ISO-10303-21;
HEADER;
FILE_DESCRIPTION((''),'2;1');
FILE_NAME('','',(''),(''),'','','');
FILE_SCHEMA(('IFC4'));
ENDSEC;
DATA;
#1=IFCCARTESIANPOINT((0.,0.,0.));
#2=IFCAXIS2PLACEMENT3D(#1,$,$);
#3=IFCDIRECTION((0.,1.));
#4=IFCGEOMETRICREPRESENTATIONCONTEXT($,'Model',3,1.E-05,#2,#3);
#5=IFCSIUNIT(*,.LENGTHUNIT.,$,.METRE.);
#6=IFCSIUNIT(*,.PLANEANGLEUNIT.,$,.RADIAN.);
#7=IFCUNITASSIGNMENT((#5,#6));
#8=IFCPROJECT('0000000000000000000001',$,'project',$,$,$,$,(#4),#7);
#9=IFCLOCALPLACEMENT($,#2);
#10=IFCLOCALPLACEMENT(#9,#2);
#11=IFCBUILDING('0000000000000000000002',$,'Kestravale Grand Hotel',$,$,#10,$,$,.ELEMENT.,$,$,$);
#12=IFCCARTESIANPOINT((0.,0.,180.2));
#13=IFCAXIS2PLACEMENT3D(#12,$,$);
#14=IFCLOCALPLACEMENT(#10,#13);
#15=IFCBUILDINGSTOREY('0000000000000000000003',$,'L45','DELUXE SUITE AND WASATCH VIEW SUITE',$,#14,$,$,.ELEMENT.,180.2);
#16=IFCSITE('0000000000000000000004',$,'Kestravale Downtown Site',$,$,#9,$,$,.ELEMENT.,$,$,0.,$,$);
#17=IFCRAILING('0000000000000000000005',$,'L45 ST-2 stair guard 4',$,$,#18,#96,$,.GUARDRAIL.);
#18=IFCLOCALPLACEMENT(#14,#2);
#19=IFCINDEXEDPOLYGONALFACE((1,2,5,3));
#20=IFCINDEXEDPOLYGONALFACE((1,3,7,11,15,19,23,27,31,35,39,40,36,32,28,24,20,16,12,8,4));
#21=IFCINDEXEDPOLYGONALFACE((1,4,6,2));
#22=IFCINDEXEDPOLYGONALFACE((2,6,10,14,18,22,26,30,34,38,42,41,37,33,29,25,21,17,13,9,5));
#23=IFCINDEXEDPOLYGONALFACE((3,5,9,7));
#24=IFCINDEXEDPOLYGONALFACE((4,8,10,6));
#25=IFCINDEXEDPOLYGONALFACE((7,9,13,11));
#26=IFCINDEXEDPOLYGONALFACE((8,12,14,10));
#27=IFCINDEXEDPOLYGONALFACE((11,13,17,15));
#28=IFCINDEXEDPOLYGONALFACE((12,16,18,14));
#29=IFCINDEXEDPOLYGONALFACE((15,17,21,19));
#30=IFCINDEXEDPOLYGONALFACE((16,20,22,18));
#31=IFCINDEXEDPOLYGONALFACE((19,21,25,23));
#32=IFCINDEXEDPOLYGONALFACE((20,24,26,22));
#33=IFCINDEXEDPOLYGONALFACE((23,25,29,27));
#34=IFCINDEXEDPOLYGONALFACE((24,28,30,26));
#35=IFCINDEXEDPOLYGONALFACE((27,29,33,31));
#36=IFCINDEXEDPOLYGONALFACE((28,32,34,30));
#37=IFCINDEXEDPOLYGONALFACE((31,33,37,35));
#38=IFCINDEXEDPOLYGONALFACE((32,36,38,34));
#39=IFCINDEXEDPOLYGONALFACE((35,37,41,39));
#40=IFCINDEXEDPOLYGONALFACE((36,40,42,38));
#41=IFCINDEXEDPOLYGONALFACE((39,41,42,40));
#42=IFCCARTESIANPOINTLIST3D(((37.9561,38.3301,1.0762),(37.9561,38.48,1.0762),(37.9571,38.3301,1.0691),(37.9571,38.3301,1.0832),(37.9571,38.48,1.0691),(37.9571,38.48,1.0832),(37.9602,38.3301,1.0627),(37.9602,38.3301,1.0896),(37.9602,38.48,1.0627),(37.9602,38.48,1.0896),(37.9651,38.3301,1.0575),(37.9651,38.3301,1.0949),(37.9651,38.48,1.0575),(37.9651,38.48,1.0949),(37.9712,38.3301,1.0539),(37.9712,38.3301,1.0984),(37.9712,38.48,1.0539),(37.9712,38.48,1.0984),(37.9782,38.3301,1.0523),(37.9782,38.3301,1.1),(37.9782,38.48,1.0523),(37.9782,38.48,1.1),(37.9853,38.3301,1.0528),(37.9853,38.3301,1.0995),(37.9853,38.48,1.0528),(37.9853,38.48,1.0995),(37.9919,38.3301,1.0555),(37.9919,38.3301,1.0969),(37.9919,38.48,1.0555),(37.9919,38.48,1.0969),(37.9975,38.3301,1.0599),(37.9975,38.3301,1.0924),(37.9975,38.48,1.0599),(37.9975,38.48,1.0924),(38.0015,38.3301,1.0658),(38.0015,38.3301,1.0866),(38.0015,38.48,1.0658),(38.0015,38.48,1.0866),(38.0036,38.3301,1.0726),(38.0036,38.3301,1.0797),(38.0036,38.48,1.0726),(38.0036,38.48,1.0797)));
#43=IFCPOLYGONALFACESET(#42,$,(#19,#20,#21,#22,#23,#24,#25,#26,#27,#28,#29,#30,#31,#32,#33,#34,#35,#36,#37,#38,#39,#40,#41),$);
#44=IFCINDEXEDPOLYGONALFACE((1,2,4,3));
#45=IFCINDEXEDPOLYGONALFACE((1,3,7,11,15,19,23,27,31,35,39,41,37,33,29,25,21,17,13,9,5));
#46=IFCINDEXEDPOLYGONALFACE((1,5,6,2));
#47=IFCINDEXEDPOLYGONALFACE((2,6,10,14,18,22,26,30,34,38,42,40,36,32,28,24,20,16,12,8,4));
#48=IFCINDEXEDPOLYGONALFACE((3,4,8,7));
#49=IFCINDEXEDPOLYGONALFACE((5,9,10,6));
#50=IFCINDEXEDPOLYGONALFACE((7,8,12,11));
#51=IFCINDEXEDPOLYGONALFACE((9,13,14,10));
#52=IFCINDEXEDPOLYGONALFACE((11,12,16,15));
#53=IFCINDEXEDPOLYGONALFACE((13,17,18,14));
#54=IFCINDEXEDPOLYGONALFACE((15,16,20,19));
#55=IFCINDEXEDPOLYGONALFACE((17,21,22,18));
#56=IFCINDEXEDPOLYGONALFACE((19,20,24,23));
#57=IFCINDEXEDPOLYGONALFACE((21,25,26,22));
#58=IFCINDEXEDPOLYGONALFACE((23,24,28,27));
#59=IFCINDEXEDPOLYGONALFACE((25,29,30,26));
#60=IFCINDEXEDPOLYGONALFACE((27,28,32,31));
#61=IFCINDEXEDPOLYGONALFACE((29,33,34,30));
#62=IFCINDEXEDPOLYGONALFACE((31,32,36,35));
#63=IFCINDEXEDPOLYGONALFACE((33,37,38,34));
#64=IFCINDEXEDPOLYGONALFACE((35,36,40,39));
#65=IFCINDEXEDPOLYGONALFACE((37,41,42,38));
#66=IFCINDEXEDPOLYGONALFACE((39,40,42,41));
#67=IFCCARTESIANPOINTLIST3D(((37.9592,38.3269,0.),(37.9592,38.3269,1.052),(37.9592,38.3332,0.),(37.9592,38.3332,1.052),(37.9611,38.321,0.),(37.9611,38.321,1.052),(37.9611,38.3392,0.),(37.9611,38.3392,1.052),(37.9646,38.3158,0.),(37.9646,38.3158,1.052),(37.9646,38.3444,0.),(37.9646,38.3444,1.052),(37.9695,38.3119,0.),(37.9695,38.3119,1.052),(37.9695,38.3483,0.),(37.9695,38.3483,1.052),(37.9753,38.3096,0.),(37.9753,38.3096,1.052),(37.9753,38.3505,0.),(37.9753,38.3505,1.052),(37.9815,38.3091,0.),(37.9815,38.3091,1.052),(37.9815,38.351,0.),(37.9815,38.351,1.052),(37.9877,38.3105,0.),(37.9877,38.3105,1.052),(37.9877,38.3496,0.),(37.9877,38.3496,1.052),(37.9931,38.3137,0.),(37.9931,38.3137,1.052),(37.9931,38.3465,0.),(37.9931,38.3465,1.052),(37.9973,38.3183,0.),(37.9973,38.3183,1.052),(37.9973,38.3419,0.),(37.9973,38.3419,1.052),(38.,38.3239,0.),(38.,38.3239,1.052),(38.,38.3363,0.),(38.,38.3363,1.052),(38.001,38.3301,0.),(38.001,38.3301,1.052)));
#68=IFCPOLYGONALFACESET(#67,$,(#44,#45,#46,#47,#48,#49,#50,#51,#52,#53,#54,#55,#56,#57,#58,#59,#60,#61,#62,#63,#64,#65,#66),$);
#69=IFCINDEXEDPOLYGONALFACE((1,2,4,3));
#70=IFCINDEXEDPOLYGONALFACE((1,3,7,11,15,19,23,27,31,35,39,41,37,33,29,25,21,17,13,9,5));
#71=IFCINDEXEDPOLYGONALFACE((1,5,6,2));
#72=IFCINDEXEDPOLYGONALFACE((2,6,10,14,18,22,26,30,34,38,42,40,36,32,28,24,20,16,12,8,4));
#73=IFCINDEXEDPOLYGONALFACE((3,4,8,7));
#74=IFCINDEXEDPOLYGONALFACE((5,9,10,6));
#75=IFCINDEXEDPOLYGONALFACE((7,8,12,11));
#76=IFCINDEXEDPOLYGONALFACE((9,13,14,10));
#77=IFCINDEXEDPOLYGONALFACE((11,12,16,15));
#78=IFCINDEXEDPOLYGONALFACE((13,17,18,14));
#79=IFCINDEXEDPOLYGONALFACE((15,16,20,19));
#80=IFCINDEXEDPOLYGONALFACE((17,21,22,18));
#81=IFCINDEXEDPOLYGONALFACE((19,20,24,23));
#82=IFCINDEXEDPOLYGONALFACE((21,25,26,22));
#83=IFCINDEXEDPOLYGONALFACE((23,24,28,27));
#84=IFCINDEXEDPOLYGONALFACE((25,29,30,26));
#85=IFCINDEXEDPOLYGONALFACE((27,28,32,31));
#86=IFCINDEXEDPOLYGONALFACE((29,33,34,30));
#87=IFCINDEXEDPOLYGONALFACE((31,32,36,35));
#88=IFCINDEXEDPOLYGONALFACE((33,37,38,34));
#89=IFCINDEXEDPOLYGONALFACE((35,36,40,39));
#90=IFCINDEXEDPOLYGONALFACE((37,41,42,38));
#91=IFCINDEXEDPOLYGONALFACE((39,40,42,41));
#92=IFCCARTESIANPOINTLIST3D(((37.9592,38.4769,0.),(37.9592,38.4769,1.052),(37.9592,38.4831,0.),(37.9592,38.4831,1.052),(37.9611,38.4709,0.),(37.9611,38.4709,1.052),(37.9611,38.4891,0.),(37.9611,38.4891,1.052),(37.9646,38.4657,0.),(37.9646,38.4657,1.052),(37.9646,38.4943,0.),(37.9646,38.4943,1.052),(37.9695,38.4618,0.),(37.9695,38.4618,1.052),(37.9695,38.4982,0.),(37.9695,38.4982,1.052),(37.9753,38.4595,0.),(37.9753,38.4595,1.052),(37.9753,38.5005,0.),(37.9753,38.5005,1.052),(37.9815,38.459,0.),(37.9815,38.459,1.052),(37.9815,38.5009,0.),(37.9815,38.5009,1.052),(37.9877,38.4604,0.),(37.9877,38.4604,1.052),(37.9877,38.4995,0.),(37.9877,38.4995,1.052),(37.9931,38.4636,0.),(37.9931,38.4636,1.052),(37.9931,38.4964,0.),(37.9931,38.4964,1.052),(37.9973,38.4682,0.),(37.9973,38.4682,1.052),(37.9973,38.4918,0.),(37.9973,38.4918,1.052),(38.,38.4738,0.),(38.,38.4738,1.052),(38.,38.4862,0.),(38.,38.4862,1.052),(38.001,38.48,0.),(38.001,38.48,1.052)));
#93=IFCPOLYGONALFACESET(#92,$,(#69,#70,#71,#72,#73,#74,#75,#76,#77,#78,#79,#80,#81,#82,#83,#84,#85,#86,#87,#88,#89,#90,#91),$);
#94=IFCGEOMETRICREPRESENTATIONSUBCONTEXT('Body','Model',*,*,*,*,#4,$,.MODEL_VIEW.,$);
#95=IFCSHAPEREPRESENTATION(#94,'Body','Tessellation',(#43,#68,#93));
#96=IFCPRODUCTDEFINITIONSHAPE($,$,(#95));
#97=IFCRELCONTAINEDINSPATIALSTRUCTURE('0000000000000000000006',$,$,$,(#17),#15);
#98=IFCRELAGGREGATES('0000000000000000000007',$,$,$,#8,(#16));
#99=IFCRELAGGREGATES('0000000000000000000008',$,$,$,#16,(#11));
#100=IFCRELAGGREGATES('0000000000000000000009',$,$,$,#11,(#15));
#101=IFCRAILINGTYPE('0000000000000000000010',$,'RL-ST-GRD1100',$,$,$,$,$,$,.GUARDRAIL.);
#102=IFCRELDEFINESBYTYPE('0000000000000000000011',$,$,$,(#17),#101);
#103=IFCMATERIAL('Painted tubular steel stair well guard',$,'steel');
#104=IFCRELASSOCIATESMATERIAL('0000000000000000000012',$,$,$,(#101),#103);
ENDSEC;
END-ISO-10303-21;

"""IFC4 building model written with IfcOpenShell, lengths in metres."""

from ifc_helpers import new_model, si_unit, direction, frame, origin, origin_2d, place, context, subcontext, project, spatial, circle, extrude, material, type_object, element, save


model = new_model("IFC4")

# Units and contexts
model_context = context("Model", 3, precision=1e-05, world=origin(), true_north=direction((0.0, 1.0)))
body_context = subcontext(model_context, "Body", "Model", "MODEL_VIEW")
ifc_project = project(units=[si_unit("LENGTHUNIT", "METRE"), si_unit("PLANEANGLEUNIT", "RADIAN")], contexts=[model_context])

# Site, building, storey
site_placement = place(None, origin())
site = spatial("IfcSite", under=ifc_project, at=site_placement, Name="Kestravale Downtown Site", CompositionType="ELEMENT", RefElevation=0.0)
building_placement = place(site_placement, origin())
building = spatial("IfcBuilding", under=site, at=building_placement, Name="Kestravale Grand Hotel", CompositionType="ELEMENT")
storey_placement = place(building_placement, frame((0.0, 0.0, 180.2)))
storey = spatial("IfcBuildingStorey", under=building, at=storey_placement, Name="L45", Description="DELUXE SUITE AND WASATCH VIEW SUITE", CompositionType="ELEMENT", Elevation=180.2)

# Railing
ifc_material_1 = material(Name="Painted tubular steel stair well guard", Category="steel")
railing_type_1 = type_object("IfcRailingType", Name="RL-ST-GRD1100", PredefinedType="GUARDRAIL", material=ifc_material_1)
railing_1_placement = place(storey_placement, frame((37.98, 38.3301, 0.0)))
element("IfcRailing", 1, at=railing_1_placement, inside=storey, type_object=railing_type_1, Name="L45 ST-2 stair guard 4", PredefinedType="GUARDRAIL", context=body_context, shape_type="SweptSolid", body=[
    extrude(circle(Radius=0.0239, at=origin_2d()), frame((0.0, 0.0, 1.0762), z_axis=(0.0, 1.0, 0.0), x_axis=(-1.0, 0.0, 0.0)), (0.0, 0.0, 1.0), 0.1499),
    extrude(circle(Radius=0.021, at=origin_2d()), origin(), (0.0, 0.0, 1.0), 1.052),
    extrude(circle(Radius=0.021, at=origin_2d()), frame((0.0, 0.1499, 0.0)), (0.0, 0.0, 1.0), 1.052),
])

save(model, "model.ifc")
